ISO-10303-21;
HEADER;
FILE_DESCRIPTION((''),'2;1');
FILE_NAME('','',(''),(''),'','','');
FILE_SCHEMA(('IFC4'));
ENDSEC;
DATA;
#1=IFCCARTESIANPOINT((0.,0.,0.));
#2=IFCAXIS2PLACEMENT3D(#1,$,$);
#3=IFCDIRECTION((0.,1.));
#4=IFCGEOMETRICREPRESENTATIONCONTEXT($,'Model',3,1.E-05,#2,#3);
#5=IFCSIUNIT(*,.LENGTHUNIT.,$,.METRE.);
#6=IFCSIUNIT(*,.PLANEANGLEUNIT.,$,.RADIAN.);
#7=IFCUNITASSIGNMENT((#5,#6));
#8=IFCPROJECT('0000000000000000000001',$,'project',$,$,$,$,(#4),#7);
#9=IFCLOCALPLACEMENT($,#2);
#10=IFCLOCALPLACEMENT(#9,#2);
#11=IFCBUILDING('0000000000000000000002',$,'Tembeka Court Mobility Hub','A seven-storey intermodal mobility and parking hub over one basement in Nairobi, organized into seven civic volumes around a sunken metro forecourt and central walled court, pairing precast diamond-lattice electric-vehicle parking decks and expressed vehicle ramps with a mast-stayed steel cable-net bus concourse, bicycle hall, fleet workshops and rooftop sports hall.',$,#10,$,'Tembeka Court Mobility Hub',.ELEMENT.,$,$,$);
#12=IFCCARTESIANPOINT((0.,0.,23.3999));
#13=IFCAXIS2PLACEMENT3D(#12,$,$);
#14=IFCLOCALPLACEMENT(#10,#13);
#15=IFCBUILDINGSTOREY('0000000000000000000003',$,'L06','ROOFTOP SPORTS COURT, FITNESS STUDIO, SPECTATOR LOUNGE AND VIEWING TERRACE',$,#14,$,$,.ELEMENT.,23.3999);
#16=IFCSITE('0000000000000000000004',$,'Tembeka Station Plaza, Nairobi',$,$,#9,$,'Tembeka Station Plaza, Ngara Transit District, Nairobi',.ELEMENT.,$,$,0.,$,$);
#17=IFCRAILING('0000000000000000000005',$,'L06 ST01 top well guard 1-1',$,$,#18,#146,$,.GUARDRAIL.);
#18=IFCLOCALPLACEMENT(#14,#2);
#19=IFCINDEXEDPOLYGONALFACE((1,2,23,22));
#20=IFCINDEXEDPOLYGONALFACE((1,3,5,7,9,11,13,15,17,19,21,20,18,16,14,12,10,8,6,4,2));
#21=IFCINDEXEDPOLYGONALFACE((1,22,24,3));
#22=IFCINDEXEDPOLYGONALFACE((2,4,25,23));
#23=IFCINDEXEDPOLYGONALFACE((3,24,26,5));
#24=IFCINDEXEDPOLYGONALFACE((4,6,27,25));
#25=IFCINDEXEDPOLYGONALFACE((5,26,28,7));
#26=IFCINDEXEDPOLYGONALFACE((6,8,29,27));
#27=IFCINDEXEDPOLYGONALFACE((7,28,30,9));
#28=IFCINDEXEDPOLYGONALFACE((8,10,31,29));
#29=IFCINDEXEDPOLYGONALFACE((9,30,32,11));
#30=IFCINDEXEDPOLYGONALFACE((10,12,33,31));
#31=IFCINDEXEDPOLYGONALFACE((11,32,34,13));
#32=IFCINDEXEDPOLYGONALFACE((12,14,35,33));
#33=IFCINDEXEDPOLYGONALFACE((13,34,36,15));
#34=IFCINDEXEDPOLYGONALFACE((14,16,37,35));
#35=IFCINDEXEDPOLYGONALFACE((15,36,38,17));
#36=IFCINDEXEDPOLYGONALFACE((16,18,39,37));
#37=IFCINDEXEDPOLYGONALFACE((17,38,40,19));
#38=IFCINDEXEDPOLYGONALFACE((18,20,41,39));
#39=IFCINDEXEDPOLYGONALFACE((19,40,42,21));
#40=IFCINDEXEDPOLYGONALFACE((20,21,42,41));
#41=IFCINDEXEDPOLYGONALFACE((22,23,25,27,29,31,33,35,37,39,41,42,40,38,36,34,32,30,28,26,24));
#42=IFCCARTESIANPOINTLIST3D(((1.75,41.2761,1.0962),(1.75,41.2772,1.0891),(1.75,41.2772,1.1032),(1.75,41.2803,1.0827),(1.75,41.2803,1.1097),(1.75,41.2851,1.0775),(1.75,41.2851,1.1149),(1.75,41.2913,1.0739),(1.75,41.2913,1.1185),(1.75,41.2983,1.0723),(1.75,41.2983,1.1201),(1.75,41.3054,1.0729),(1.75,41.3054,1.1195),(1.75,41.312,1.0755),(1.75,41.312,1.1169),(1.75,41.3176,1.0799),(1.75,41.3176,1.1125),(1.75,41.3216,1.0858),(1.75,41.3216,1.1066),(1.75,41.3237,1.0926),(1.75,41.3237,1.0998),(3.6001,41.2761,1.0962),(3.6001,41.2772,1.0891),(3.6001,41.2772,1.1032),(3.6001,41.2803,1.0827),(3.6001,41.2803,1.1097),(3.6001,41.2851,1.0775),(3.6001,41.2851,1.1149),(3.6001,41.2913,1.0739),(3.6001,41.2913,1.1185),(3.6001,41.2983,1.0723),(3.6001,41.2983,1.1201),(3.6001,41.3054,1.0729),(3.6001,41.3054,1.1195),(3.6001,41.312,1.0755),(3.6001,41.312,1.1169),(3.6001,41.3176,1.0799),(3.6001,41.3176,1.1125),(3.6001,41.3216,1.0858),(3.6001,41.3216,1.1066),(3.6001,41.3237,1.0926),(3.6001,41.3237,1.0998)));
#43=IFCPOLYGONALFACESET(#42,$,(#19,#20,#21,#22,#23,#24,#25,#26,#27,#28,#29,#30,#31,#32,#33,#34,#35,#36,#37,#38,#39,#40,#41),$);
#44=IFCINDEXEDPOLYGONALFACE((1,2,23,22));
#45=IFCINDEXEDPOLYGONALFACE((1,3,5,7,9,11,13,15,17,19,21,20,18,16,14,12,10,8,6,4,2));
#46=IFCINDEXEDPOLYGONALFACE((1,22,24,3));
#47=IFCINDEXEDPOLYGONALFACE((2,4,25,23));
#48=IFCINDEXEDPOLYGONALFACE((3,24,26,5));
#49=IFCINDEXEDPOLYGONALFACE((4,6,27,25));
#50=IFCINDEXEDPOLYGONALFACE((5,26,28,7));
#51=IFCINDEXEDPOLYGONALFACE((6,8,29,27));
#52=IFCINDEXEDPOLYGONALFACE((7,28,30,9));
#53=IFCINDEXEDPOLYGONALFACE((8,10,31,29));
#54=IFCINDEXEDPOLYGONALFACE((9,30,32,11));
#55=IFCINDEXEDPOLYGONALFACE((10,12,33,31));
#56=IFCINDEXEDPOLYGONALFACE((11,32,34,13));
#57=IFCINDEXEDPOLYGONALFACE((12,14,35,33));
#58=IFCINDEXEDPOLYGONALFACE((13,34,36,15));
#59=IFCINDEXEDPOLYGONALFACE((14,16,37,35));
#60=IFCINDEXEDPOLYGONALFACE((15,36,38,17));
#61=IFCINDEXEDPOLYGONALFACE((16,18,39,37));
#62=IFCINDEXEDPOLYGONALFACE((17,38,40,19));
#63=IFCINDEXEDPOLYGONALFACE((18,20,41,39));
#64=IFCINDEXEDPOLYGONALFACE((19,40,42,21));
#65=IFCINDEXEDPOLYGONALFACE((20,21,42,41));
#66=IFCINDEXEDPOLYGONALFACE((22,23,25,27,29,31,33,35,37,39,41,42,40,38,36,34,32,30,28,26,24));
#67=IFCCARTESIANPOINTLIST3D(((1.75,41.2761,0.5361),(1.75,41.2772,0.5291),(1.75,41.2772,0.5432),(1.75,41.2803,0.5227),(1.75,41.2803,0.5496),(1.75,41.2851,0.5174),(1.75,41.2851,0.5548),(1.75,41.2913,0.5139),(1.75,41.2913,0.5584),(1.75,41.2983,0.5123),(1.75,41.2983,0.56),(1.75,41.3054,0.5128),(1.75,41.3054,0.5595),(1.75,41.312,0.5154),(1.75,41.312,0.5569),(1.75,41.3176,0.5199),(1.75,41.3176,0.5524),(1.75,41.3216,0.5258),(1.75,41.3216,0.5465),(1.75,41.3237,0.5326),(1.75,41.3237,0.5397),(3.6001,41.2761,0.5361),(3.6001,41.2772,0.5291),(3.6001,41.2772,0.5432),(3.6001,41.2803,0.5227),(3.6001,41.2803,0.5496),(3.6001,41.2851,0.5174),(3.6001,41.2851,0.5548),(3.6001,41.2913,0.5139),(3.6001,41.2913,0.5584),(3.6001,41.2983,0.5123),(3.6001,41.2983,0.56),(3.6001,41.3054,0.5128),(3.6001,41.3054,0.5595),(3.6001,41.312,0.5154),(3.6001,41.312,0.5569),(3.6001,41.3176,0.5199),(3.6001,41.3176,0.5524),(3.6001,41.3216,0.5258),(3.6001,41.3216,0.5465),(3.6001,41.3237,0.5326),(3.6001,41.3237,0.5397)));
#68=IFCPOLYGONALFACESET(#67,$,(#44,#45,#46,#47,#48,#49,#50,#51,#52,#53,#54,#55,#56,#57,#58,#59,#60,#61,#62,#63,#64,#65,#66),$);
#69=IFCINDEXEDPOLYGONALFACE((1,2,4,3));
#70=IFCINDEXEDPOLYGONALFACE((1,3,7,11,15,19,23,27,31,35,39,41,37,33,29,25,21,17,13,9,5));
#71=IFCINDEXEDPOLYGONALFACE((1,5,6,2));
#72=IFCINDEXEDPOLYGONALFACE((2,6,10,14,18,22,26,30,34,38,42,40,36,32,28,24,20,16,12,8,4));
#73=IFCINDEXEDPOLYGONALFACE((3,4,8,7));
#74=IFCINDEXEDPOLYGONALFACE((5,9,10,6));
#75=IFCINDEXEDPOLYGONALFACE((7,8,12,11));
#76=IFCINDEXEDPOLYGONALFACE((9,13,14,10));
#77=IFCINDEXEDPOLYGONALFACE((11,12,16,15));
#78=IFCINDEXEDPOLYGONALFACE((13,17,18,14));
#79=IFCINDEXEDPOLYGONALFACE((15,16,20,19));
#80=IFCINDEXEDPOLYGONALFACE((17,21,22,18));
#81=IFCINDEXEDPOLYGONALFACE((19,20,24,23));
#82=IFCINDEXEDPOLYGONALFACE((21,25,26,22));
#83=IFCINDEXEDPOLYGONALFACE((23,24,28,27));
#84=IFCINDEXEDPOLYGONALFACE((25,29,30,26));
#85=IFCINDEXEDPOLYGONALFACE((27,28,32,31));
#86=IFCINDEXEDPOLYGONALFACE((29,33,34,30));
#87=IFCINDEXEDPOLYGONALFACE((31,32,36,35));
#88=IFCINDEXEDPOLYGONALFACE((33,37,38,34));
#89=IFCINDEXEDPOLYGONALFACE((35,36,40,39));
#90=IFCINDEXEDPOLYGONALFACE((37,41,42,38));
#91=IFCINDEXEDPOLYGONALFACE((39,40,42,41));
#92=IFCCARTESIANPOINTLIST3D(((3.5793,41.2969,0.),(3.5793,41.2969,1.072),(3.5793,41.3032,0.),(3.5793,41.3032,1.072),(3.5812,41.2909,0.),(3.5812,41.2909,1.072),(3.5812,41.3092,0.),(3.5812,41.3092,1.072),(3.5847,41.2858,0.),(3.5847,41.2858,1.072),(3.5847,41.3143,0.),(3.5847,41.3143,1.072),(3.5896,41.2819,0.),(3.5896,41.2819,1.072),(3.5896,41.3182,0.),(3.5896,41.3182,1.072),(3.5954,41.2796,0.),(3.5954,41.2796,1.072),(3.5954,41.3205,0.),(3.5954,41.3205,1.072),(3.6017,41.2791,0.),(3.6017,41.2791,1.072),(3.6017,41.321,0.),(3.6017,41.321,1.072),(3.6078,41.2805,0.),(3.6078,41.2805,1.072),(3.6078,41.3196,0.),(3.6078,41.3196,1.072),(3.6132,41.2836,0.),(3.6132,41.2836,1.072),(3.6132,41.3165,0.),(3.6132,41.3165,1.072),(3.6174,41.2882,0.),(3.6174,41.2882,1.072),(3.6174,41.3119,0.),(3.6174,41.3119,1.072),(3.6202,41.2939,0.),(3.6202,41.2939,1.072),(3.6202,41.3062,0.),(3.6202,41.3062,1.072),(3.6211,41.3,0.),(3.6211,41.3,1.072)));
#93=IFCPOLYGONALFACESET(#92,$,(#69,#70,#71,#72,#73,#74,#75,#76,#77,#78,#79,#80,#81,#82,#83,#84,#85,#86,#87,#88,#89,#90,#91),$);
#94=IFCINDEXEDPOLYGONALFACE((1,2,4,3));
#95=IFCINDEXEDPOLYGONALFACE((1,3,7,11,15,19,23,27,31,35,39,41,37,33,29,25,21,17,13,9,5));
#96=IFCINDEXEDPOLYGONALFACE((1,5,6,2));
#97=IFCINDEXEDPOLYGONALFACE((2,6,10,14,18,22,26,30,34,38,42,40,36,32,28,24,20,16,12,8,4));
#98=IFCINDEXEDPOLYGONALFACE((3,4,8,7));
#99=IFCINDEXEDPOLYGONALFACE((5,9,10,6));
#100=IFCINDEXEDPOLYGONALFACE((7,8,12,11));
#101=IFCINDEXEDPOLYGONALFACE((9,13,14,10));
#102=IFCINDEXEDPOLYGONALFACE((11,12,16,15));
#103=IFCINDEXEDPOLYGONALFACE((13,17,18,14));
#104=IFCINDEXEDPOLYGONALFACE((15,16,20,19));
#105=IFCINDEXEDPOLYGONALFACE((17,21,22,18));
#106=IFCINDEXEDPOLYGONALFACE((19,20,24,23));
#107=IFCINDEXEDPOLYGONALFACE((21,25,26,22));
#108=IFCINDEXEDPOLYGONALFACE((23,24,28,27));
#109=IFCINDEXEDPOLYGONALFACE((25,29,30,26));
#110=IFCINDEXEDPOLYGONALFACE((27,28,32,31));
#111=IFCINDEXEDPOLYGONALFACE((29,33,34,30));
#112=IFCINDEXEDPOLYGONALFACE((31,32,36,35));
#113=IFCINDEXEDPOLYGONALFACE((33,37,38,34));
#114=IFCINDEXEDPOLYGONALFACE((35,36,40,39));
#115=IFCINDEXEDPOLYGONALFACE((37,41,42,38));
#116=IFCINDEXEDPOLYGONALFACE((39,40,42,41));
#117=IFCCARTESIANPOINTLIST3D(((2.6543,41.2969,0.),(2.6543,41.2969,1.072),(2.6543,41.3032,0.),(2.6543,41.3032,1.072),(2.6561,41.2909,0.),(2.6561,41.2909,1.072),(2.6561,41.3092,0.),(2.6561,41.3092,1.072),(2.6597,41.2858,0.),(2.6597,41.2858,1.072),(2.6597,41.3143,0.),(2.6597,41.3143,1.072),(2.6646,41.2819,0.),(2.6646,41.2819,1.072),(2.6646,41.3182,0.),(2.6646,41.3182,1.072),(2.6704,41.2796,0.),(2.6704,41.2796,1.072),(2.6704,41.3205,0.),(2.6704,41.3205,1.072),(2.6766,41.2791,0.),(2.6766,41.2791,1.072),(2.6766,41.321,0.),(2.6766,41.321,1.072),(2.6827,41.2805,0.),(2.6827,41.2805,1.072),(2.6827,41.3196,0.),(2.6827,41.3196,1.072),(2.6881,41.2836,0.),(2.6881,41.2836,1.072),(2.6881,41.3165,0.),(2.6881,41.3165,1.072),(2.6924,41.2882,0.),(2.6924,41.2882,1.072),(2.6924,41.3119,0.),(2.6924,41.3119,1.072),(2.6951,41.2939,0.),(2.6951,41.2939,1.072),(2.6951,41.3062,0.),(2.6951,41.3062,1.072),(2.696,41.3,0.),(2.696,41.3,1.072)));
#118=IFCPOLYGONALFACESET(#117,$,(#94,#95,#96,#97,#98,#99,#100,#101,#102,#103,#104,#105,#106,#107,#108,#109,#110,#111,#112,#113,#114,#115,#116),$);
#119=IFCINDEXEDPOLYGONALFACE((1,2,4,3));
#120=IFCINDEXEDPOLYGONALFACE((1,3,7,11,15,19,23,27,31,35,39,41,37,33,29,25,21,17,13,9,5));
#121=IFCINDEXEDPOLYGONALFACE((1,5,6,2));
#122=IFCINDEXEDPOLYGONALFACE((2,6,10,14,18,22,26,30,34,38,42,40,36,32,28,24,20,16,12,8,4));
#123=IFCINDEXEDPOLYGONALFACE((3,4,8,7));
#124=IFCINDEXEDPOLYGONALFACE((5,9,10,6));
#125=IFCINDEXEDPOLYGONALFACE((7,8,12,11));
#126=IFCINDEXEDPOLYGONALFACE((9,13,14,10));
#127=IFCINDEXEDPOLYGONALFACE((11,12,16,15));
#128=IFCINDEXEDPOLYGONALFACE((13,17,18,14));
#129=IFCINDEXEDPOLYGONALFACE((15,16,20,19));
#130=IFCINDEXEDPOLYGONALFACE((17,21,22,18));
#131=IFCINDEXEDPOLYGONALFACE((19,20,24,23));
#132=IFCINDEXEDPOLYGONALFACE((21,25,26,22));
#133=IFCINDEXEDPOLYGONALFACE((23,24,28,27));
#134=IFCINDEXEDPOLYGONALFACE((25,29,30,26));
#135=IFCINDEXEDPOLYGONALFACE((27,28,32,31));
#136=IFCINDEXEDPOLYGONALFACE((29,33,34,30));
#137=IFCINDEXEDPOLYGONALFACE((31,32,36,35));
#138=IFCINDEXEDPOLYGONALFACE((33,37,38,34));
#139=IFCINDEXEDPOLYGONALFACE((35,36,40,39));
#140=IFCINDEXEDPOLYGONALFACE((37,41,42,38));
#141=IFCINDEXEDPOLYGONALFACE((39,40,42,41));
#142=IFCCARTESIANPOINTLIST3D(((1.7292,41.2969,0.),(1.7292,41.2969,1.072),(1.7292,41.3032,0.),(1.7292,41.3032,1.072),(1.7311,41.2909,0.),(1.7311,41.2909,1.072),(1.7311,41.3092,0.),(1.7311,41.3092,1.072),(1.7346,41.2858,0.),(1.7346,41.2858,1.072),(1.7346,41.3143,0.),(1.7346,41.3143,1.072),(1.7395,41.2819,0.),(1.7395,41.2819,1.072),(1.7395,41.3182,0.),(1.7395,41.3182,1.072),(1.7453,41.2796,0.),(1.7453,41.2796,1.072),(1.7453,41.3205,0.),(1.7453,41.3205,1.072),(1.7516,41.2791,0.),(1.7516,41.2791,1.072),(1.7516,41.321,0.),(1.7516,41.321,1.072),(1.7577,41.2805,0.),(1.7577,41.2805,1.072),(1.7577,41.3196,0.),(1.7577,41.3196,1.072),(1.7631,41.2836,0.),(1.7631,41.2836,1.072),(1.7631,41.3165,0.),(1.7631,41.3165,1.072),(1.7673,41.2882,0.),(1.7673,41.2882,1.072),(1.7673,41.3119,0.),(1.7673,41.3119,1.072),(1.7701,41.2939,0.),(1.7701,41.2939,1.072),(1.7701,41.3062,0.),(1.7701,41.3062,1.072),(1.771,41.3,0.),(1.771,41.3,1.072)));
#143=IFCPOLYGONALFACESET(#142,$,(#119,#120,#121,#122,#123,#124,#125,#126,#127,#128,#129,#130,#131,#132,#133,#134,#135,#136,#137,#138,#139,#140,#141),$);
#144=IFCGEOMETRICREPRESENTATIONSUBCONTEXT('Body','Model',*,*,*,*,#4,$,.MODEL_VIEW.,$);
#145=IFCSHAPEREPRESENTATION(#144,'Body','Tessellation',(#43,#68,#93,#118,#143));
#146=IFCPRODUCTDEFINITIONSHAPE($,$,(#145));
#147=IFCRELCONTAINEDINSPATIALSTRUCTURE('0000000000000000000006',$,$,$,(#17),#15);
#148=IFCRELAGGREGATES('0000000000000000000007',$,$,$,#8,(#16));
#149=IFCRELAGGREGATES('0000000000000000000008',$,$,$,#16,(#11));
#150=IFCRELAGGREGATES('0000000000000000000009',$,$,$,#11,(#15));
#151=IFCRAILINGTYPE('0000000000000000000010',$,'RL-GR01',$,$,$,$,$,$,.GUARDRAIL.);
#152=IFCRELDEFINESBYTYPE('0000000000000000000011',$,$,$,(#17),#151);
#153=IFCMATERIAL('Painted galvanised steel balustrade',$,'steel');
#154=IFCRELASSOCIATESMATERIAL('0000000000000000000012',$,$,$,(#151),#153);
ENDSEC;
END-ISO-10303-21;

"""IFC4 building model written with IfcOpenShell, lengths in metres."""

from ifc_helpers import new_model, si_unit, direction, frame, origin, origin_2d, place, context, subcontext, project, spatial, circle, extrude, material, type_object, element, save


model = new_model("IFC4")

# Units and contexts
model_context = context("Model", 3, precision=1e-05, world=origin(), true_north=direction((0.0, 1.0)))
body_context = subcontext(model_context, "Body", "Model", "MODEL_VIEW")
ifc_project = project(units=[si_unit("LENGTHUNIT", "METRE"), si_unit("PLANEANGLEUNIT", "RADIAN")], contexts=[model_context])

# Site, building, storey
site_placement = place(None, origin())
site = spatial("IfcSite", under=ifc_project, at=site_placement, Name="Tembeka Station Plaza, Nairobi", LongName="Tembeka Station Plaza, Ngara Transit District, Nairobi", CompositionType="ELEMENT", RefElevation=0.0)
building_placement = place(site_placement, origin())
building = spatial("IfcBuilding", under=site, at=building_placement, Name="Tembeka Court Mobility Hub", Description="A seven-storey intermodal mobility and parking hub over one basement in Nairobi, organized into seven civic volumes around a sunken metro forecourt and central walled court, pairing precast diamond-lattice electric-vehicle parking decks and expressed vehicle ramps with a mast-stayed steel cable-net bus concourse, bicycle hall, fleet workshops and rooftop sports hall.", LongName="Tembeka Court Mobility Hub", CompositionType="ELEMENT")
storey_placement = place(building_placement, frame((0.0, 0.0, 23.3999)))
storey = spatial("IfcBuildingStorey", under=building, at=storey_placement, Name="L06", Description="ROOFTOP SPORTS COURT, FITNESS STUDIO, SPECTATOR LOUNGE AND VIEWING TERRACE", CompositionType="ELEMENT", Elevation=23.3999)

# Railing
ifc_material_1 = material(Name="Painted galvanised steel balustrade", Category="steel")
railing_type = type_object("IfcRailingType", Name="RL-GR01", PredefinedType="GUARDRAIL", material=ifc_material_1)
railing_placement = place(storey_placement, frame((3.6001, 41.3, 0.0)))
element("IfcRailing", 1, at=railing_placement, inside=storey, type_object=railing_type, Name="L06 ST01 top well guard 1-1", PredefinedType="GUARDRAIL", context=body_context, shape_type="SweptSolid", body=[
    extrude(circle(Radius=0.0239, at=origin_2d()), frame((0.0, 0.0, 1.0962), z_axis=(-1.0, 0.0, 0.0), x_axis=(0.0, -1.0, 0.0)), (0.0, 0.0, 1.0), 1.8501),
    extrude(circle(Radius=0.0239, at=origin_2d()), frame((0.0, 0.0, 0.5361), z_axis=(-1.0, 0.0, 0.0), x_axis=(0.0, -1.0, 0.0)), (0.0, 0.0, 1.0), 1.8501),
    extrude(circle(Radius=0.021, at=origin_2d()), origin(), (0.0, 0.0, 1.0), 1.072),
    extrude(circle(Radius=0.021, at=origin_2d()), frame((-0.925, 0.0, 0.0)), (0.0, 0.0, 1.0), 1.072),
    extrude(circle(Radius=0.021, at=origin_2d()), frame((-1.8501, 0.0, 0.0)), (0.0, 0.0, 1.0), 1.072),
])

save(model, "model.ifc")
